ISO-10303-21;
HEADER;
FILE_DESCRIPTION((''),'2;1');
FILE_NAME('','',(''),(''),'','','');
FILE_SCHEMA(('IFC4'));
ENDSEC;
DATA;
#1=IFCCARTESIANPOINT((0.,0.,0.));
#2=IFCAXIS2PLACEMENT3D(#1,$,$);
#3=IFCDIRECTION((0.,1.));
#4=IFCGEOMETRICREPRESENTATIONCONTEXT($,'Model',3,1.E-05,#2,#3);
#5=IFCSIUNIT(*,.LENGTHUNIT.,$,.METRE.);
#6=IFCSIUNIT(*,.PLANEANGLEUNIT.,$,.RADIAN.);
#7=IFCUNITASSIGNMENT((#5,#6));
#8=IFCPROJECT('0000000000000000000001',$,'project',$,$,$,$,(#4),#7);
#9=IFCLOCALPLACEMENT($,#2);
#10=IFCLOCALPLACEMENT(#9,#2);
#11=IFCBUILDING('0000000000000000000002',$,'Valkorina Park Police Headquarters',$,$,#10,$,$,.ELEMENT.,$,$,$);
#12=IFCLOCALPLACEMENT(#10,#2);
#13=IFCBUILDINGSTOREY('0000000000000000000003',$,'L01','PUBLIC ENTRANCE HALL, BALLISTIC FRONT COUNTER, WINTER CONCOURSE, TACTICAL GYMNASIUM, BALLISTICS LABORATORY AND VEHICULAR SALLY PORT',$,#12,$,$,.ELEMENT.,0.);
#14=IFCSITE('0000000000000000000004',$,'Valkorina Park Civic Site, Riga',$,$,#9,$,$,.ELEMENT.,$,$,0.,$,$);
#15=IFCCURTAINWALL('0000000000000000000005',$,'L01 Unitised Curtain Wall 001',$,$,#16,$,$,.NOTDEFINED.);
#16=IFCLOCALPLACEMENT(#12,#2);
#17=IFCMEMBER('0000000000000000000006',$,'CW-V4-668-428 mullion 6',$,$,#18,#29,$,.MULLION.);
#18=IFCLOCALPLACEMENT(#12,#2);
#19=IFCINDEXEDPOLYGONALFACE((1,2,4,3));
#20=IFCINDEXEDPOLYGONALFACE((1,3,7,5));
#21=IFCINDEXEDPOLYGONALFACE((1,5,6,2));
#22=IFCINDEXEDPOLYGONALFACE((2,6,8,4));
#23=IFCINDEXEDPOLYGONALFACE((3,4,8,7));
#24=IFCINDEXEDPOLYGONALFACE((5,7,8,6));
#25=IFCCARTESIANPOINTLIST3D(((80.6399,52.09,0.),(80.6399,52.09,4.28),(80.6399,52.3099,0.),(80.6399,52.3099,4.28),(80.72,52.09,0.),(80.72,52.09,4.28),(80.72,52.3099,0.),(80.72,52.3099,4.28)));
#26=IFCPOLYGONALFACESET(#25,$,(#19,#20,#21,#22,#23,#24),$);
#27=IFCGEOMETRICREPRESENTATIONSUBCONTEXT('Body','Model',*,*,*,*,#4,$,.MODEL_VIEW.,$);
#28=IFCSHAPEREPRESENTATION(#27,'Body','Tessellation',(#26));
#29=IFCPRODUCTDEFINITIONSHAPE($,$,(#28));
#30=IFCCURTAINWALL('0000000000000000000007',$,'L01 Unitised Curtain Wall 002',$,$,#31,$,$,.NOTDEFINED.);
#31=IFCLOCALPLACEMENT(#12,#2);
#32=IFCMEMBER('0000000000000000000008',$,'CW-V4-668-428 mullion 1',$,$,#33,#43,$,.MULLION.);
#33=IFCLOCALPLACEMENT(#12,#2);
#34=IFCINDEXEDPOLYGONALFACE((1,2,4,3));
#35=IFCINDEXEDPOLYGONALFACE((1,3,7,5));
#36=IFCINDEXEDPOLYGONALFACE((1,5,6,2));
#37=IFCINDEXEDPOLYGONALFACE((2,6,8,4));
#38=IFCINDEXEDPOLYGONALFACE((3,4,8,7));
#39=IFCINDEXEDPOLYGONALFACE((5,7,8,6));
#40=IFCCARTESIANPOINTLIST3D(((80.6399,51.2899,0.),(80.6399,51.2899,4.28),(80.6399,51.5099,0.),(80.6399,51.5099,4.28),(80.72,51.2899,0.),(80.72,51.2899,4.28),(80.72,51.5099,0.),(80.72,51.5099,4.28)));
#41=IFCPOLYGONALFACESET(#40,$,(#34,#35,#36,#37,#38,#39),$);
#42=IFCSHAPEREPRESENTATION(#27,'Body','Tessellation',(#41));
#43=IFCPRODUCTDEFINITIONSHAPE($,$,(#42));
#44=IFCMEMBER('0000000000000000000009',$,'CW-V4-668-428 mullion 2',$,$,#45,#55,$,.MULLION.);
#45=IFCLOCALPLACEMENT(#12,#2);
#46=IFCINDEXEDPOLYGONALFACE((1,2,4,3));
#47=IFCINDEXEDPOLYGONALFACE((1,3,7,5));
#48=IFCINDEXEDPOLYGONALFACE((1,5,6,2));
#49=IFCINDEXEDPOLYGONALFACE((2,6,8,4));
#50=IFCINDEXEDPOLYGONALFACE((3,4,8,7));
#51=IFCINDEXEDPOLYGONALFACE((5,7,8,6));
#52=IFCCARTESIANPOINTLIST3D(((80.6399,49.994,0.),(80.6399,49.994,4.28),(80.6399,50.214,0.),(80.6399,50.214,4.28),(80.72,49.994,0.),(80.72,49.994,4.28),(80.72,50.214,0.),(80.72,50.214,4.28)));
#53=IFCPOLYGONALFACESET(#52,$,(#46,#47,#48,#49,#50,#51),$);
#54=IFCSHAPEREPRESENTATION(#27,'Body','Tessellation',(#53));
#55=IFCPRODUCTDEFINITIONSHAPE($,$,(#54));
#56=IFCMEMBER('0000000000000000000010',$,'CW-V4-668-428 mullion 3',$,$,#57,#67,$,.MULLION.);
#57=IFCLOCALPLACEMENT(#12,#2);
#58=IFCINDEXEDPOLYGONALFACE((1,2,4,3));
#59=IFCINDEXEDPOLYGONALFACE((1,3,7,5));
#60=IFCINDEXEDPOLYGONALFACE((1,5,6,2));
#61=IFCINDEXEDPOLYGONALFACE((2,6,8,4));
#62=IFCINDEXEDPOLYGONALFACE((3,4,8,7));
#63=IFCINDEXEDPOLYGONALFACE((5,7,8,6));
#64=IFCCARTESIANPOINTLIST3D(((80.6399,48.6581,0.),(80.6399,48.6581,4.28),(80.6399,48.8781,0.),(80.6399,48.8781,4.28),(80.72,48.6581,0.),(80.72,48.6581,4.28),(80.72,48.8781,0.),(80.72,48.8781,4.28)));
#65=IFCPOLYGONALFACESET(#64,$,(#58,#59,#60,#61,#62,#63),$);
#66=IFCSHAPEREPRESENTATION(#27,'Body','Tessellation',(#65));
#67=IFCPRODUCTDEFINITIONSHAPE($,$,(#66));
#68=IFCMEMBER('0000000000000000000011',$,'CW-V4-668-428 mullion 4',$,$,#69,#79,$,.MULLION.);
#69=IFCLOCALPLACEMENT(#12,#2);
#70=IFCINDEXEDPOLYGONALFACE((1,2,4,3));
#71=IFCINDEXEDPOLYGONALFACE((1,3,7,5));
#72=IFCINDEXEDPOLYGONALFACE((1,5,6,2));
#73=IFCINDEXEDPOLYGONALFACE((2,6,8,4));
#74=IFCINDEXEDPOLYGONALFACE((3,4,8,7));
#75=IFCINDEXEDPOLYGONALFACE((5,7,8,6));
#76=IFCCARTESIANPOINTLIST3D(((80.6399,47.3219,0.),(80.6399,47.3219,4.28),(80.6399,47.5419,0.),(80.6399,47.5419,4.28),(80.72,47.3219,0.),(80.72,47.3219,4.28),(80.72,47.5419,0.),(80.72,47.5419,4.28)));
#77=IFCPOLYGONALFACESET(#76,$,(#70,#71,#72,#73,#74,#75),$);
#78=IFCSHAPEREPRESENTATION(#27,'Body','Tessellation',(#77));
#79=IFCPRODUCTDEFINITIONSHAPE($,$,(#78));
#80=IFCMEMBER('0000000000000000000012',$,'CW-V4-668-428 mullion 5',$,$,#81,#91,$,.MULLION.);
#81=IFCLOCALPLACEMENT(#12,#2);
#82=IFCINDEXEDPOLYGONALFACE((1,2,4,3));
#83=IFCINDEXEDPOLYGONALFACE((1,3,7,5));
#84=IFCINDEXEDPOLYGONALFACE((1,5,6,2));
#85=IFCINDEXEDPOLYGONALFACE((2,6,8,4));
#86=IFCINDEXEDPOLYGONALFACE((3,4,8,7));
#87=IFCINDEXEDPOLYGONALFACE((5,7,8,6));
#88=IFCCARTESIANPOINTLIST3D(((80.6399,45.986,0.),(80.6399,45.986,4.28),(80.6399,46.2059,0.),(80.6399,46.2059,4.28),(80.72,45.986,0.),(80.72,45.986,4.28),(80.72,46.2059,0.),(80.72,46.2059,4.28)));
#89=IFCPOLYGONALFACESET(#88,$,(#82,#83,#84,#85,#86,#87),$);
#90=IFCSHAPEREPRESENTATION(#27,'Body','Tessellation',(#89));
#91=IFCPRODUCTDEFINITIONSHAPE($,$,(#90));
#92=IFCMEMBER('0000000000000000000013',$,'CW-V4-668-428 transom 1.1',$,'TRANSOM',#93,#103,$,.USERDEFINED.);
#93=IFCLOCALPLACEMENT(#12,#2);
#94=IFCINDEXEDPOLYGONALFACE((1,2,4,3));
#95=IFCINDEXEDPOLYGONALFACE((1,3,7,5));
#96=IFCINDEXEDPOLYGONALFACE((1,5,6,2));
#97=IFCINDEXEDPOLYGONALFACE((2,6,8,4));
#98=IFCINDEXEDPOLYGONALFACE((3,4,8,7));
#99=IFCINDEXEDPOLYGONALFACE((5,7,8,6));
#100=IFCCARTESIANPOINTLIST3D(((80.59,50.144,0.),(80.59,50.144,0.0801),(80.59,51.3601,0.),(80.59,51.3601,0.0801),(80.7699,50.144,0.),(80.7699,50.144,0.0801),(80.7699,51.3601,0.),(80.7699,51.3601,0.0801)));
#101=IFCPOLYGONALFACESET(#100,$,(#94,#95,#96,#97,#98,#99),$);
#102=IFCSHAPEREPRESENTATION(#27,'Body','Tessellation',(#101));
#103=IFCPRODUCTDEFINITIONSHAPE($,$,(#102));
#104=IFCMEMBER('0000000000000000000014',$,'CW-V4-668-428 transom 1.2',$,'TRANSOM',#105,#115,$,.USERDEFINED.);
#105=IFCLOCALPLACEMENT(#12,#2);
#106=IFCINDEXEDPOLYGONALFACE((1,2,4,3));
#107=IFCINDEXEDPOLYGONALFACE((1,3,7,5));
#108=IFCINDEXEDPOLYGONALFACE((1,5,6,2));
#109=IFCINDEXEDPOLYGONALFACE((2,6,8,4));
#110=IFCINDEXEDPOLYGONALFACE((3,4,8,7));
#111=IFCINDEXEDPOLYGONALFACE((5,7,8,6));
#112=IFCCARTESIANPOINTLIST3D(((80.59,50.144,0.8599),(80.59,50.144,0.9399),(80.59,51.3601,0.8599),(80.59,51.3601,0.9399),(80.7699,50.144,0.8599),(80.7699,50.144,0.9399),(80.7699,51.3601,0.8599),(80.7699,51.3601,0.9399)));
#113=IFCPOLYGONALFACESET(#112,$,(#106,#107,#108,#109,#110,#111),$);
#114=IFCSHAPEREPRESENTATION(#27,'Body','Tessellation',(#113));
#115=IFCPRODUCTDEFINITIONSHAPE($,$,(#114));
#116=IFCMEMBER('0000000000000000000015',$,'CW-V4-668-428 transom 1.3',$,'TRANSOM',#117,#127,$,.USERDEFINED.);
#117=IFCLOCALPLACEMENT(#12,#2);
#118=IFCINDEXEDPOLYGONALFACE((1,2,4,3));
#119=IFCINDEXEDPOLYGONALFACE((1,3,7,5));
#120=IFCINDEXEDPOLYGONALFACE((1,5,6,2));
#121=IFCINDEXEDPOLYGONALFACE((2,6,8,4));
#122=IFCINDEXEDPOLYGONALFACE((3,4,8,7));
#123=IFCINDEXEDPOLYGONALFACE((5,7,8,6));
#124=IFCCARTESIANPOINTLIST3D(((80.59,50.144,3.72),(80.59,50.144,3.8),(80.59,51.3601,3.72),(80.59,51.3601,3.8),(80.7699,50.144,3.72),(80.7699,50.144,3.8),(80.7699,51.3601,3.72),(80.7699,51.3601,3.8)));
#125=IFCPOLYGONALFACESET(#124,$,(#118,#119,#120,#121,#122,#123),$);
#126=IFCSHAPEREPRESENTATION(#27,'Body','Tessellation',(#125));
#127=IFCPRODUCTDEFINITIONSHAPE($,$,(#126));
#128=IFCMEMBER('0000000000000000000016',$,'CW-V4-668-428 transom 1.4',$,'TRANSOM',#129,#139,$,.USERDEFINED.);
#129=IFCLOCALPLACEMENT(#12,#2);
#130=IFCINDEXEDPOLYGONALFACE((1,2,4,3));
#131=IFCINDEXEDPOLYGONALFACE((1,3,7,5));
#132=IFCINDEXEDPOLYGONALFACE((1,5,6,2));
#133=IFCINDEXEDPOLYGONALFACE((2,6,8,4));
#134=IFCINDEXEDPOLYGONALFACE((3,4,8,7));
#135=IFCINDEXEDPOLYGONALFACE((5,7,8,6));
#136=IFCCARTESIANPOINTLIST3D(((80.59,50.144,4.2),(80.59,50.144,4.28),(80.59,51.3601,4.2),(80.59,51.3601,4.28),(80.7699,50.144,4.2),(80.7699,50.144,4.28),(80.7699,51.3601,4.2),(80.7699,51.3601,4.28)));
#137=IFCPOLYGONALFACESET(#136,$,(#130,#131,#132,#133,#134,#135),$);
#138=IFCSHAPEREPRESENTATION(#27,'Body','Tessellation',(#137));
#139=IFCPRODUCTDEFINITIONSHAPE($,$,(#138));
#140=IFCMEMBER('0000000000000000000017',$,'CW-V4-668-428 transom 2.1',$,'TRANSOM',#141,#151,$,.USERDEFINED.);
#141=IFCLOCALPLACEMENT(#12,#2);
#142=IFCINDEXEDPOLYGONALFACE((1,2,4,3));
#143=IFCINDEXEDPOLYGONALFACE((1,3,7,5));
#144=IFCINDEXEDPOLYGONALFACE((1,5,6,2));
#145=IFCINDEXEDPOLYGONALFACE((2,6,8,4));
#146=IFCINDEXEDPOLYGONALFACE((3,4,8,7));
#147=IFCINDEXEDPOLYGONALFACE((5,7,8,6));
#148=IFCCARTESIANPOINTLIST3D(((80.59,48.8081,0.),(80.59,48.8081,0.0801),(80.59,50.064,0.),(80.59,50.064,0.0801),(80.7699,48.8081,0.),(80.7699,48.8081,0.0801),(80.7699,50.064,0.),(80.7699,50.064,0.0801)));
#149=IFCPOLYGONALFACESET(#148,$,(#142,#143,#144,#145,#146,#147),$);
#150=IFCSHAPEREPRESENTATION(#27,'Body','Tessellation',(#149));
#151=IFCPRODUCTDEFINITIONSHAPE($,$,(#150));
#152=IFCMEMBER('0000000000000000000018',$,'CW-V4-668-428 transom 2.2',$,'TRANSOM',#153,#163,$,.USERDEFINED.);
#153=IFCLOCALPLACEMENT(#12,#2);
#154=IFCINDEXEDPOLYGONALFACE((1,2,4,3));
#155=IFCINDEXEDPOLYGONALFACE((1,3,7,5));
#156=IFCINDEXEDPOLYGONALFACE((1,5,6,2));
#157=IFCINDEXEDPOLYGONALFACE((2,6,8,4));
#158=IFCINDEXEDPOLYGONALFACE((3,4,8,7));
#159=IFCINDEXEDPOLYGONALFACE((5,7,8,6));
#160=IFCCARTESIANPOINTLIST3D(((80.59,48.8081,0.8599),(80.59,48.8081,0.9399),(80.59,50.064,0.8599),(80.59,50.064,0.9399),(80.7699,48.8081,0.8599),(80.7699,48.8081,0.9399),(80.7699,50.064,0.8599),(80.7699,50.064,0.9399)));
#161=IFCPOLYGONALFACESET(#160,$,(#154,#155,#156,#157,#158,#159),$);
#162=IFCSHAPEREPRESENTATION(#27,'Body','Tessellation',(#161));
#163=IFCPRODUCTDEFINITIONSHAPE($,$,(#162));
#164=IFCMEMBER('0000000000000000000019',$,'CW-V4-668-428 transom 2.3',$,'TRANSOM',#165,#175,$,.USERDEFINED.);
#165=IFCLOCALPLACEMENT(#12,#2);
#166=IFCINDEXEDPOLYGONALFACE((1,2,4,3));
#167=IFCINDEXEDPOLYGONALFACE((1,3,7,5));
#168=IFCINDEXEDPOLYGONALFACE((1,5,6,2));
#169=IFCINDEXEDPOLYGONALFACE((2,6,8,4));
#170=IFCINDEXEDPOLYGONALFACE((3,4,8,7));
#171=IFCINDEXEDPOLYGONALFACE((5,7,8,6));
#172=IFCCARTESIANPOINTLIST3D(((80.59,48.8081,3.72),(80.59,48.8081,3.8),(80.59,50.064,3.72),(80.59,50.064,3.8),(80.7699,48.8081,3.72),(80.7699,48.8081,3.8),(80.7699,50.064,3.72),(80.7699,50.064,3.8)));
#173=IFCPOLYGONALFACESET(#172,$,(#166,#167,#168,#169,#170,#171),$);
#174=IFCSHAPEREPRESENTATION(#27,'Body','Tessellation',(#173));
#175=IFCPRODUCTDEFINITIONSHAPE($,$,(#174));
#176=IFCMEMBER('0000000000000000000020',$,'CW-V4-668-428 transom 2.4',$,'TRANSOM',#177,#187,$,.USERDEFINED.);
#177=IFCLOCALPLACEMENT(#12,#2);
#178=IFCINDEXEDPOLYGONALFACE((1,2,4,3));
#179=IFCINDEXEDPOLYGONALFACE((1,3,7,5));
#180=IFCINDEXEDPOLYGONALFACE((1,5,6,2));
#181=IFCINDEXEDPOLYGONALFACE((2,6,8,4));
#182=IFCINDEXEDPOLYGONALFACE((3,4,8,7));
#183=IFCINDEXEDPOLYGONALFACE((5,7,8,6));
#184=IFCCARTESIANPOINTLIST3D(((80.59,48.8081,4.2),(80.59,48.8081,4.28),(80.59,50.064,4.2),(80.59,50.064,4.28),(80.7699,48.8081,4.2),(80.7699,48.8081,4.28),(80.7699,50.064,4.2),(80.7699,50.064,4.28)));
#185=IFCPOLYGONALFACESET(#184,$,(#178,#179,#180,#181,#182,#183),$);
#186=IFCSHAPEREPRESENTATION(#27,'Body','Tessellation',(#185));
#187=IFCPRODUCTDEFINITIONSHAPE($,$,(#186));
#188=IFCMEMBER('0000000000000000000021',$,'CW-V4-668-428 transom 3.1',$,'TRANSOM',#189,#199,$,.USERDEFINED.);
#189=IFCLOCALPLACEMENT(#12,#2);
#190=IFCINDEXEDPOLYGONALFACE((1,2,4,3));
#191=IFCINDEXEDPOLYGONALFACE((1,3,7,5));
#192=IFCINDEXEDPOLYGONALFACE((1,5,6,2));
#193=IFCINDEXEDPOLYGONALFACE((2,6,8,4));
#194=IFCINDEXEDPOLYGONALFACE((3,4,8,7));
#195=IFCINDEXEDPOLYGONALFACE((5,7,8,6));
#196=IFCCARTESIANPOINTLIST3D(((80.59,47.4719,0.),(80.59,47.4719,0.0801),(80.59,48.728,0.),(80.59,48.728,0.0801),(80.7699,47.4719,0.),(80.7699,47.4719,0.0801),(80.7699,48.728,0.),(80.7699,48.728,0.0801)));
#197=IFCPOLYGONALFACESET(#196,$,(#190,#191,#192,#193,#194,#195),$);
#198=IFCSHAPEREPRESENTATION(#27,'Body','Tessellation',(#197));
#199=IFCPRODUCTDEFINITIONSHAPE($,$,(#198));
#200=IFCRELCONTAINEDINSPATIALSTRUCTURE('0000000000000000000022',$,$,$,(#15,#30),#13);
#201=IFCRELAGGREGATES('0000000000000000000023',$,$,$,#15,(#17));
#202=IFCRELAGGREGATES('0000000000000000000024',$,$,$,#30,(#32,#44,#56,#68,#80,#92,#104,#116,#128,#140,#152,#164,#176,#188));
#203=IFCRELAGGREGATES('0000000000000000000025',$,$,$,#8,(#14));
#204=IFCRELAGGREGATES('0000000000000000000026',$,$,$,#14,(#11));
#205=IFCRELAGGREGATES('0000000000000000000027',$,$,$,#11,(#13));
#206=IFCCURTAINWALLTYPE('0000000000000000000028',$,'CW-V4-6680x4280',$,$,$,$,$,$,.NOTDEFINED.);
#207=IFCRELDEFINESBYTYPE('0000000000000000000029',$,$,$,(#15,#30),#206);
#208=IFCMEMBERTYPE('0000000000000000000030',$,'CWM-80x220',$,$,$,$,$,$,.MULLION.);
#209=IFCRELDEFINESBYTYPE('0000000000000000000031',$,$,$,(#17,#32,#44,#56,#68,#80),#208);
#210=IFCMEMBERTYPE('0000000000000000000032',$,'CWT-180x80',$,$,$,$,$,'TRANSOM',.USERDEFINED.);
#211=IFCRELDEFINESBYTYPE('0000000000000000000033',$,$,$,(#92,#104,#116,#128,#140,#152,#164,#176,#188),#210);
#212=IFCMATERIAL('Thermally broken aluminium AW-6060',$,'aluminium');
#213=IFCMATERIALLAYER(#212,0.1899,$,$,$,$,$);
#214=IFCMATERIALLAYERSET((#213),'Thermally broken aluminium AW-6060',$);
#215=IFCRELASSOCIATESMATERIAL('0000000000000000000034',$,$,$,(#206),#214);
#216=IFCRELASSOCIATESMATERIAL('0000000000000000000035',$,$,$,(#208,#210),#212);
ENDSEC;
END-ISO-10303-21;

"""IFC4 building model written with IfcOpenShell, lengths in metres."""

from ifc_helpers import new_model, si_unit, direction, frame, origin, origin_2d, place, context, subcontext, project, spatial, rectangle, extrude, material, layer, layer_set, material_profile, profile_set, type_object, element, aggregate, save


model = new_model("IFC4")

# Units and contexts
model_context = context("Model", 3, precision=1e-05, world=origin(), true_north=direction((0.0, 1.0)))
body_context = subcontext(model_context, "Body", "Model", "MODEL_VIEW")
ifc_project = project(units=[si_unit("LENGTHUNIT", "METRE"), si_unit("PLANEANGLEUNIT", "RADIAN")], contexts=[model_context])

# Site, building, storey
site_placement = place(None, origin())
site = spatial("IfcSite", under=ifc_project, at=site_placement, Name="Valkorina Park Civic Site, Riga", CompositionType="ELEMENT", RefElevation=0.0)
building_placement = place(site_placement, origin())
building = spatial("IfcBuilding", under=site, at=building_placement, Name="Valkorina Park Police Headquarters", CompositionType="ELEMENT")
storey_placement = place(building_placement, origin())
storey = spatial("IfcBuildingStorey", under=building, at=storey_placement, Name="L01", Description="PUBLIC ENTRANCE HALL, BALLISTIC FRONT COUNTER, WINTER CONCOURSE, TACTICAL GYMNASIUM, BALLISTICS LABORATORY AND VEHICULAR SALLY PORT", CompositionType="ELEMENT", Elevation=0.0)

# Curtain wall, member
ifc_material_1 = material(Name="Thermally broken aluminium AW-6060", Category="aluminium")
ifc_layer_1 = layer(ifc_material_1, 0.1899)
ifc_layer_set_1 = layer_set([ifc_layer_1], Name="Thermally broken aluminium AW-6060")
curtain_wall_type = type_object("IfcCurtainWallType", Name="CW-V4-6680x4280", PredefinedType="NOTDEFINED", material=ifc_layer_set_1)
curtain_wall_1_placement = place(storey_placement, origin())
curtain_wall_1 = element("IfcCurtainWall", 1, at=curtain_wall_1_placement, inside=storey, type_object=curtain_wall_type, Name="L01 Unitised Curtain Wall 001", PredefinedType="NOTDEFINED")
ifc_material_profile_1 = material_profile(ifc_material_1, rectangle(XDim=0.0801, YDim=0.22, at=origin_2d()), Name="CWM-03 80x220")
ifc_profile_set_1 = profile_set([ifc_material_profile_1], Name="Thermally broken aluminium AW-6060")
member_type_1 = type_object("IfcMemberType", Name="CWM-80x220", PredefinedType="MULLION", material=ifc_profile_set_1)
member_1_placement = place(storey_placement, frame((80.6799, 52.2, 0.0), z_axis=(0.0, 0.0, 1.0), x_axis=(1.0, 0.0, 0.0)))
member_1 = element("IfcMember", 2, at=member_1_placement, type_object=member_type_1, Name="CW-V4-668-428 mullion 6", PredefinedType="MULLION", context=body_context, shape_type="SweptSolid", body=[
    extrude(rectangle(XDim=0.0801, YDim=0.22, at=origin_2d()), origin(), (0.0, 0.0, 1.0), 4.28),
])
aggregate(curtain_wall_1, [member_1])

# Curtain wall, members
curtain_wall_2_placement = place(storey_placement, origin())
curtain_wall_2 = element("IfcCurtainWall", 3, at=curtain_wall_2_placement, inside=storey, type_object=curtain_wall_type, Name="L01 Unitised Curtain Wall 002", PredefinedType="NOTDEFINED")
member_2_placement = place(storey_placement, frame((80.6799, 51.3999, 0.0), z_axis=(0.0, 0.0, 1.0), x_axis=(1.0, 0.0, 0.0)))
member_2 = element("IfcMember", 4, at=member_2_placement, type_object=member_type_1, Name="CW-V4-668-428 mullion 1", PredefinedType="MULLION", context=body_context, shape_type="SweptSolid", body=[
    extrude(rectangle(XDim=0.0801, YDim=0.22, at=origin_2d()), origin(), (0.0, 0.0, 1.0), 4.28),
])
member_3_placement = place(storey_placement, frame((80.6799, 50.104, 0.0), z_axis=(0.0, 0.0, 1.0), x_axis=(1.0, 0.0, 0.0)))
member_3 = element("IfcMember", 5, at=member_3_placement, type_object=member_type_1, Name="CW-V4-668-428 mullion 2", PredefinedType="MULLION", context=body_context, shape_type="SweptSolid", body=[
    extrude(rectangle(XDim=0.0801, YDim=0.22, at=origin_2d()), origin(), (0.0, 0.0, 1.0), 4.28),
])
member_4_placement = place(storey_placement, frame((80.6799, 48.7681, 0.0), z_axis=(0.0, 0.0, 1.0), x_axis=(1.0, 0.0, 0.0)))
member_4 = element("IfcMember", 6, at=member_4_placement, type_object=member_type_1, Name="CW-V4-668-428 mullion 3", PredefinedType="MULLION", context=body_context, shape_type="SweptSolid", body=[
    extrude(rectangle(XDim=0.0801, YDim=0.22, at=origin_2d()), origin(), (0.0, 0.0, 1.0), 4.28),
])
member_5_placement = place(storey_placement, frame((80.6799, 47.4319, 0.0), z_axis=(0.0, 0.0, 1.0), x_axis=(1.0, 0.0, 0.0)))
member_5 = element("IfcMember", 7, at=member_5_placement, type_object=member_type_1, Name="CW-V4-668-428 mullion 4", PredefinedType="MULLION", context=body_context, shape_type="SweptSolid", body=[
    extrude(rectangle(XDim=0.0801, YDim=0.22, at=origin_2d()), origin(), (0.0, 0.0, 1.0), 4.28),
])
member_6_placement = place(storey_placement, frame((80.6799, 46.0959, 0.0), z_axis=(0.0, 0.0, 1.0), x_axis=(1.0, 0.0, 0.0)))
member_6 = element("IfcMember", 8, at=member_6_placement, type_object=member_type_1, Name="CW-V4-668-428 mullion 5", PredefinedType="MULLION", context=body_context, shape_type="SweptSolid", body=[
    extrude(rectangle(XDim=0.0801, YDim=0.22, at=origin_2d()), origin(), (0.0, 0.0, 1.0), 4.28),
])
ifc_material_profile_2 = material_profile(ifc_material_1, rectangle(XDim=0.1799, YDim=0.0801, at=origin_2d()), Name="CWT-03 180x80")
ifc_profile_set_2 = profile_set([ifc_material_profile_2], Name="Thermally broken aluminium AW-6060")
member_type_2 = type_object("IfcMemberType", Name="CWT-180x80", ElementType="TRANSOM", PredefinedType="USERDEFINED", material=ifc_profile_set_2)
member_7_placement = place(storey_placement, frame((80.6799, 51.3601, 0.04), z_axis=(0.0, -1.0, 0.0), x_axis=(1.0, 0.0, 0.0)))
member_7 = element("IfcMember", 9, at=member_7_placement, type_object=member_type_2, Name="CW-V4-668-428 transom 1.1", ObjectType="TRANSOM", PredefinedType="USERDEFINED", context=body_context, shape_type="SweptSolid", body=[
    extrude(rectangle(XDim=0.1799, YDim=0.0801, at=origin_2d()), origin(), (0.0, 0.0, 1.0), 1.2161),
])
member_8_placement = place(storey_placement, frame((80.6799, 51.3601, 0.8999), z_axis=(0.0, -1.0, 0.0), x_axis=(1.0, 0.0, 0.0)))
member_8 = element("IfcMember", 10, at=member_8_placement, type_object=member_type_2, Name="CW-V4-668-428 transom 1.2", ObjectType="TRANSOM", PredefinedType="USERDEFINED", context=body_context, shape_type="SweptSolid", body=[
    extrude(rectangle(XDim=0.1799, YDim=0.0801, at=origin_2d()), origin(), (0.0, 0.0, 1.0), 1.2161),
])
member_9_placement = place(storey_placement, frame((80.6799, 51.3601, 3.76), z_axis=(0.0, -1.0, 0.0), x_axis=(1.0, 0.0, 0.0)))
member_9 = element("IfcMember", 11, at=member_9_placement, type_object=member_type_2, Name="CW-V4-668-428 transom 1.3", ObjectType="TRANSOM", PredefinedType="USERDEFINED", context=body_context, shape_type="SweptSolid", body=[
    extrude(rectangle(XDim=0.1799, YDim=0.0801, at=origin_2d()), origin(), (0.0, 0.0, 1.0), 1.2161),
])
member_10_placement = place(storey_placement, frame((80.6799, 51.3601, 4.24), z_axis=(0.0, -1.0, 0.0), x_axis=(1.0, 0.0, 0.0)))
member_10 = element("IfcMember", 12, at=member_10_placement, type_object=member_type_2, Name="CW-V4-668-428 transom 1.4", ObjectType="TRANSOM", PredefinedType="USERDEFINED", context=body_context, shape_type="SweptSolid", body=[
    extrude(rectangle(XDim=0.1799, YDim=0.0801, at=origin_2d()), origin(), (0.0, 0.0, 1.0), 1.2161),
])
member_11_placement = place(storey_placement, frame((80.6799, 50.064, 0.04), z_axis=(0.0, -1.0, 0.0), x_axis=(1.0, 0.0, 0.0)))
member_11 = element("IfcMember", 13, at=member_11_placement, type_object=member_type_2, Name="CW-V4-668-428 transom 2.1", ObjectType="TRANSOM", PredefinedType="USERDEFINED", context=body_context, shape_type="SweptSolid", body=[
    extrude(rectangle(XDim=0.1799, YDim=0.0801, at=origin_2d()), origin(), (0.0, 0.0, 1.0), 1.2559),
])
member_12_placement = place(storey_placement, frame((80.6799, 50.064, 0.8999), z_axis=(0.0, -1.0, 0.0), x_axis=(1.0, 0.0, 0.0)))
member_12 = element("IfcMember", 14, at=member_12_placement, type_object=member_type_2, Name="CW-V4-668-428 transom 2.2", ObjectType="TRANSOM", PredefinedType="USERDEFINED", context=body_context, shape_type="SweptSolid", body=[
    extrude(rectangle(XDim=0.1799, YDim=0.0801, at=origin_2d()), origin(), (0.0, 0.0, 1.0), 1.2559),
])
member_13_placement = place(storey_placement, frame((80.6799, 50.064, 3.76), z_axis=(0.0, -1.0, 0.0), x_axis=(1.0, 0.0, 0.0)))
member_13 = element("IfcMember", 15, at=member_13_placement, type_object=member_type_2, Name="CW-V4-668-428 transom 2.3", ObjectType="TRANSOM", PredefinedType="USERDEFINED", context=body_context, shape_type="SweptSolid", body=[
    extrude(rectangle(XDim=0.1799, YDim=0.0801, at=origin_2d()), origin(), (0.0, 0.0, 1.0), 1.2559),
])
member_14_placement = place(storey_placement, frame((80.6799, 50.064, 4.24), z_axis=(0.0, -1.0, 0.0), x_axis=(1.0, 0.0, 0.0)))
member_14 = element("IfcMember", 16, at=member_14_placement, type_object=member_type_2, Name="CW-V4-668-428 transom 2.4", ObjectType="TRANSOM", PredefinedType="USERDEFINED", context=body_context, shape_type="SweptSolid", body=[
    extrude(rectangle(XDim=0.1799, YDim=0.0801, at=origin_2d()), origin(), (0.0, 0.0, 1.0), 1.2559),
])
member_15_placement = place(storey_placement, frame((80.6799, 48.728, 0.04), z_axis=(0.0, -1.0, 0.0), x_axis=(1.0, 0.0, 0.0)))
member_15 = element("IfcMember", 17, at=member_15_placement, type_object=member_type_2, Name="CW-V4-668-428 transom 3.1", ObjectType="TRANSOM", PredefinedType="USERDEFINED", context=body_context, shape_type="SweptSolid", body=[
    extrude(rectangle(XDim=0.1799, YDim=0.0801, at=origin_2d()), origin(), (0.0, 0.0, 1.0), 1.2561),
])
aggregate(curtain_wall_2, [member_2, member_3, member_4, member_5, member_6, member_7, member_8, member_9, member_10, member_11, member_12, member_13, member_14, member_15])

save(model, "model.ifc")
